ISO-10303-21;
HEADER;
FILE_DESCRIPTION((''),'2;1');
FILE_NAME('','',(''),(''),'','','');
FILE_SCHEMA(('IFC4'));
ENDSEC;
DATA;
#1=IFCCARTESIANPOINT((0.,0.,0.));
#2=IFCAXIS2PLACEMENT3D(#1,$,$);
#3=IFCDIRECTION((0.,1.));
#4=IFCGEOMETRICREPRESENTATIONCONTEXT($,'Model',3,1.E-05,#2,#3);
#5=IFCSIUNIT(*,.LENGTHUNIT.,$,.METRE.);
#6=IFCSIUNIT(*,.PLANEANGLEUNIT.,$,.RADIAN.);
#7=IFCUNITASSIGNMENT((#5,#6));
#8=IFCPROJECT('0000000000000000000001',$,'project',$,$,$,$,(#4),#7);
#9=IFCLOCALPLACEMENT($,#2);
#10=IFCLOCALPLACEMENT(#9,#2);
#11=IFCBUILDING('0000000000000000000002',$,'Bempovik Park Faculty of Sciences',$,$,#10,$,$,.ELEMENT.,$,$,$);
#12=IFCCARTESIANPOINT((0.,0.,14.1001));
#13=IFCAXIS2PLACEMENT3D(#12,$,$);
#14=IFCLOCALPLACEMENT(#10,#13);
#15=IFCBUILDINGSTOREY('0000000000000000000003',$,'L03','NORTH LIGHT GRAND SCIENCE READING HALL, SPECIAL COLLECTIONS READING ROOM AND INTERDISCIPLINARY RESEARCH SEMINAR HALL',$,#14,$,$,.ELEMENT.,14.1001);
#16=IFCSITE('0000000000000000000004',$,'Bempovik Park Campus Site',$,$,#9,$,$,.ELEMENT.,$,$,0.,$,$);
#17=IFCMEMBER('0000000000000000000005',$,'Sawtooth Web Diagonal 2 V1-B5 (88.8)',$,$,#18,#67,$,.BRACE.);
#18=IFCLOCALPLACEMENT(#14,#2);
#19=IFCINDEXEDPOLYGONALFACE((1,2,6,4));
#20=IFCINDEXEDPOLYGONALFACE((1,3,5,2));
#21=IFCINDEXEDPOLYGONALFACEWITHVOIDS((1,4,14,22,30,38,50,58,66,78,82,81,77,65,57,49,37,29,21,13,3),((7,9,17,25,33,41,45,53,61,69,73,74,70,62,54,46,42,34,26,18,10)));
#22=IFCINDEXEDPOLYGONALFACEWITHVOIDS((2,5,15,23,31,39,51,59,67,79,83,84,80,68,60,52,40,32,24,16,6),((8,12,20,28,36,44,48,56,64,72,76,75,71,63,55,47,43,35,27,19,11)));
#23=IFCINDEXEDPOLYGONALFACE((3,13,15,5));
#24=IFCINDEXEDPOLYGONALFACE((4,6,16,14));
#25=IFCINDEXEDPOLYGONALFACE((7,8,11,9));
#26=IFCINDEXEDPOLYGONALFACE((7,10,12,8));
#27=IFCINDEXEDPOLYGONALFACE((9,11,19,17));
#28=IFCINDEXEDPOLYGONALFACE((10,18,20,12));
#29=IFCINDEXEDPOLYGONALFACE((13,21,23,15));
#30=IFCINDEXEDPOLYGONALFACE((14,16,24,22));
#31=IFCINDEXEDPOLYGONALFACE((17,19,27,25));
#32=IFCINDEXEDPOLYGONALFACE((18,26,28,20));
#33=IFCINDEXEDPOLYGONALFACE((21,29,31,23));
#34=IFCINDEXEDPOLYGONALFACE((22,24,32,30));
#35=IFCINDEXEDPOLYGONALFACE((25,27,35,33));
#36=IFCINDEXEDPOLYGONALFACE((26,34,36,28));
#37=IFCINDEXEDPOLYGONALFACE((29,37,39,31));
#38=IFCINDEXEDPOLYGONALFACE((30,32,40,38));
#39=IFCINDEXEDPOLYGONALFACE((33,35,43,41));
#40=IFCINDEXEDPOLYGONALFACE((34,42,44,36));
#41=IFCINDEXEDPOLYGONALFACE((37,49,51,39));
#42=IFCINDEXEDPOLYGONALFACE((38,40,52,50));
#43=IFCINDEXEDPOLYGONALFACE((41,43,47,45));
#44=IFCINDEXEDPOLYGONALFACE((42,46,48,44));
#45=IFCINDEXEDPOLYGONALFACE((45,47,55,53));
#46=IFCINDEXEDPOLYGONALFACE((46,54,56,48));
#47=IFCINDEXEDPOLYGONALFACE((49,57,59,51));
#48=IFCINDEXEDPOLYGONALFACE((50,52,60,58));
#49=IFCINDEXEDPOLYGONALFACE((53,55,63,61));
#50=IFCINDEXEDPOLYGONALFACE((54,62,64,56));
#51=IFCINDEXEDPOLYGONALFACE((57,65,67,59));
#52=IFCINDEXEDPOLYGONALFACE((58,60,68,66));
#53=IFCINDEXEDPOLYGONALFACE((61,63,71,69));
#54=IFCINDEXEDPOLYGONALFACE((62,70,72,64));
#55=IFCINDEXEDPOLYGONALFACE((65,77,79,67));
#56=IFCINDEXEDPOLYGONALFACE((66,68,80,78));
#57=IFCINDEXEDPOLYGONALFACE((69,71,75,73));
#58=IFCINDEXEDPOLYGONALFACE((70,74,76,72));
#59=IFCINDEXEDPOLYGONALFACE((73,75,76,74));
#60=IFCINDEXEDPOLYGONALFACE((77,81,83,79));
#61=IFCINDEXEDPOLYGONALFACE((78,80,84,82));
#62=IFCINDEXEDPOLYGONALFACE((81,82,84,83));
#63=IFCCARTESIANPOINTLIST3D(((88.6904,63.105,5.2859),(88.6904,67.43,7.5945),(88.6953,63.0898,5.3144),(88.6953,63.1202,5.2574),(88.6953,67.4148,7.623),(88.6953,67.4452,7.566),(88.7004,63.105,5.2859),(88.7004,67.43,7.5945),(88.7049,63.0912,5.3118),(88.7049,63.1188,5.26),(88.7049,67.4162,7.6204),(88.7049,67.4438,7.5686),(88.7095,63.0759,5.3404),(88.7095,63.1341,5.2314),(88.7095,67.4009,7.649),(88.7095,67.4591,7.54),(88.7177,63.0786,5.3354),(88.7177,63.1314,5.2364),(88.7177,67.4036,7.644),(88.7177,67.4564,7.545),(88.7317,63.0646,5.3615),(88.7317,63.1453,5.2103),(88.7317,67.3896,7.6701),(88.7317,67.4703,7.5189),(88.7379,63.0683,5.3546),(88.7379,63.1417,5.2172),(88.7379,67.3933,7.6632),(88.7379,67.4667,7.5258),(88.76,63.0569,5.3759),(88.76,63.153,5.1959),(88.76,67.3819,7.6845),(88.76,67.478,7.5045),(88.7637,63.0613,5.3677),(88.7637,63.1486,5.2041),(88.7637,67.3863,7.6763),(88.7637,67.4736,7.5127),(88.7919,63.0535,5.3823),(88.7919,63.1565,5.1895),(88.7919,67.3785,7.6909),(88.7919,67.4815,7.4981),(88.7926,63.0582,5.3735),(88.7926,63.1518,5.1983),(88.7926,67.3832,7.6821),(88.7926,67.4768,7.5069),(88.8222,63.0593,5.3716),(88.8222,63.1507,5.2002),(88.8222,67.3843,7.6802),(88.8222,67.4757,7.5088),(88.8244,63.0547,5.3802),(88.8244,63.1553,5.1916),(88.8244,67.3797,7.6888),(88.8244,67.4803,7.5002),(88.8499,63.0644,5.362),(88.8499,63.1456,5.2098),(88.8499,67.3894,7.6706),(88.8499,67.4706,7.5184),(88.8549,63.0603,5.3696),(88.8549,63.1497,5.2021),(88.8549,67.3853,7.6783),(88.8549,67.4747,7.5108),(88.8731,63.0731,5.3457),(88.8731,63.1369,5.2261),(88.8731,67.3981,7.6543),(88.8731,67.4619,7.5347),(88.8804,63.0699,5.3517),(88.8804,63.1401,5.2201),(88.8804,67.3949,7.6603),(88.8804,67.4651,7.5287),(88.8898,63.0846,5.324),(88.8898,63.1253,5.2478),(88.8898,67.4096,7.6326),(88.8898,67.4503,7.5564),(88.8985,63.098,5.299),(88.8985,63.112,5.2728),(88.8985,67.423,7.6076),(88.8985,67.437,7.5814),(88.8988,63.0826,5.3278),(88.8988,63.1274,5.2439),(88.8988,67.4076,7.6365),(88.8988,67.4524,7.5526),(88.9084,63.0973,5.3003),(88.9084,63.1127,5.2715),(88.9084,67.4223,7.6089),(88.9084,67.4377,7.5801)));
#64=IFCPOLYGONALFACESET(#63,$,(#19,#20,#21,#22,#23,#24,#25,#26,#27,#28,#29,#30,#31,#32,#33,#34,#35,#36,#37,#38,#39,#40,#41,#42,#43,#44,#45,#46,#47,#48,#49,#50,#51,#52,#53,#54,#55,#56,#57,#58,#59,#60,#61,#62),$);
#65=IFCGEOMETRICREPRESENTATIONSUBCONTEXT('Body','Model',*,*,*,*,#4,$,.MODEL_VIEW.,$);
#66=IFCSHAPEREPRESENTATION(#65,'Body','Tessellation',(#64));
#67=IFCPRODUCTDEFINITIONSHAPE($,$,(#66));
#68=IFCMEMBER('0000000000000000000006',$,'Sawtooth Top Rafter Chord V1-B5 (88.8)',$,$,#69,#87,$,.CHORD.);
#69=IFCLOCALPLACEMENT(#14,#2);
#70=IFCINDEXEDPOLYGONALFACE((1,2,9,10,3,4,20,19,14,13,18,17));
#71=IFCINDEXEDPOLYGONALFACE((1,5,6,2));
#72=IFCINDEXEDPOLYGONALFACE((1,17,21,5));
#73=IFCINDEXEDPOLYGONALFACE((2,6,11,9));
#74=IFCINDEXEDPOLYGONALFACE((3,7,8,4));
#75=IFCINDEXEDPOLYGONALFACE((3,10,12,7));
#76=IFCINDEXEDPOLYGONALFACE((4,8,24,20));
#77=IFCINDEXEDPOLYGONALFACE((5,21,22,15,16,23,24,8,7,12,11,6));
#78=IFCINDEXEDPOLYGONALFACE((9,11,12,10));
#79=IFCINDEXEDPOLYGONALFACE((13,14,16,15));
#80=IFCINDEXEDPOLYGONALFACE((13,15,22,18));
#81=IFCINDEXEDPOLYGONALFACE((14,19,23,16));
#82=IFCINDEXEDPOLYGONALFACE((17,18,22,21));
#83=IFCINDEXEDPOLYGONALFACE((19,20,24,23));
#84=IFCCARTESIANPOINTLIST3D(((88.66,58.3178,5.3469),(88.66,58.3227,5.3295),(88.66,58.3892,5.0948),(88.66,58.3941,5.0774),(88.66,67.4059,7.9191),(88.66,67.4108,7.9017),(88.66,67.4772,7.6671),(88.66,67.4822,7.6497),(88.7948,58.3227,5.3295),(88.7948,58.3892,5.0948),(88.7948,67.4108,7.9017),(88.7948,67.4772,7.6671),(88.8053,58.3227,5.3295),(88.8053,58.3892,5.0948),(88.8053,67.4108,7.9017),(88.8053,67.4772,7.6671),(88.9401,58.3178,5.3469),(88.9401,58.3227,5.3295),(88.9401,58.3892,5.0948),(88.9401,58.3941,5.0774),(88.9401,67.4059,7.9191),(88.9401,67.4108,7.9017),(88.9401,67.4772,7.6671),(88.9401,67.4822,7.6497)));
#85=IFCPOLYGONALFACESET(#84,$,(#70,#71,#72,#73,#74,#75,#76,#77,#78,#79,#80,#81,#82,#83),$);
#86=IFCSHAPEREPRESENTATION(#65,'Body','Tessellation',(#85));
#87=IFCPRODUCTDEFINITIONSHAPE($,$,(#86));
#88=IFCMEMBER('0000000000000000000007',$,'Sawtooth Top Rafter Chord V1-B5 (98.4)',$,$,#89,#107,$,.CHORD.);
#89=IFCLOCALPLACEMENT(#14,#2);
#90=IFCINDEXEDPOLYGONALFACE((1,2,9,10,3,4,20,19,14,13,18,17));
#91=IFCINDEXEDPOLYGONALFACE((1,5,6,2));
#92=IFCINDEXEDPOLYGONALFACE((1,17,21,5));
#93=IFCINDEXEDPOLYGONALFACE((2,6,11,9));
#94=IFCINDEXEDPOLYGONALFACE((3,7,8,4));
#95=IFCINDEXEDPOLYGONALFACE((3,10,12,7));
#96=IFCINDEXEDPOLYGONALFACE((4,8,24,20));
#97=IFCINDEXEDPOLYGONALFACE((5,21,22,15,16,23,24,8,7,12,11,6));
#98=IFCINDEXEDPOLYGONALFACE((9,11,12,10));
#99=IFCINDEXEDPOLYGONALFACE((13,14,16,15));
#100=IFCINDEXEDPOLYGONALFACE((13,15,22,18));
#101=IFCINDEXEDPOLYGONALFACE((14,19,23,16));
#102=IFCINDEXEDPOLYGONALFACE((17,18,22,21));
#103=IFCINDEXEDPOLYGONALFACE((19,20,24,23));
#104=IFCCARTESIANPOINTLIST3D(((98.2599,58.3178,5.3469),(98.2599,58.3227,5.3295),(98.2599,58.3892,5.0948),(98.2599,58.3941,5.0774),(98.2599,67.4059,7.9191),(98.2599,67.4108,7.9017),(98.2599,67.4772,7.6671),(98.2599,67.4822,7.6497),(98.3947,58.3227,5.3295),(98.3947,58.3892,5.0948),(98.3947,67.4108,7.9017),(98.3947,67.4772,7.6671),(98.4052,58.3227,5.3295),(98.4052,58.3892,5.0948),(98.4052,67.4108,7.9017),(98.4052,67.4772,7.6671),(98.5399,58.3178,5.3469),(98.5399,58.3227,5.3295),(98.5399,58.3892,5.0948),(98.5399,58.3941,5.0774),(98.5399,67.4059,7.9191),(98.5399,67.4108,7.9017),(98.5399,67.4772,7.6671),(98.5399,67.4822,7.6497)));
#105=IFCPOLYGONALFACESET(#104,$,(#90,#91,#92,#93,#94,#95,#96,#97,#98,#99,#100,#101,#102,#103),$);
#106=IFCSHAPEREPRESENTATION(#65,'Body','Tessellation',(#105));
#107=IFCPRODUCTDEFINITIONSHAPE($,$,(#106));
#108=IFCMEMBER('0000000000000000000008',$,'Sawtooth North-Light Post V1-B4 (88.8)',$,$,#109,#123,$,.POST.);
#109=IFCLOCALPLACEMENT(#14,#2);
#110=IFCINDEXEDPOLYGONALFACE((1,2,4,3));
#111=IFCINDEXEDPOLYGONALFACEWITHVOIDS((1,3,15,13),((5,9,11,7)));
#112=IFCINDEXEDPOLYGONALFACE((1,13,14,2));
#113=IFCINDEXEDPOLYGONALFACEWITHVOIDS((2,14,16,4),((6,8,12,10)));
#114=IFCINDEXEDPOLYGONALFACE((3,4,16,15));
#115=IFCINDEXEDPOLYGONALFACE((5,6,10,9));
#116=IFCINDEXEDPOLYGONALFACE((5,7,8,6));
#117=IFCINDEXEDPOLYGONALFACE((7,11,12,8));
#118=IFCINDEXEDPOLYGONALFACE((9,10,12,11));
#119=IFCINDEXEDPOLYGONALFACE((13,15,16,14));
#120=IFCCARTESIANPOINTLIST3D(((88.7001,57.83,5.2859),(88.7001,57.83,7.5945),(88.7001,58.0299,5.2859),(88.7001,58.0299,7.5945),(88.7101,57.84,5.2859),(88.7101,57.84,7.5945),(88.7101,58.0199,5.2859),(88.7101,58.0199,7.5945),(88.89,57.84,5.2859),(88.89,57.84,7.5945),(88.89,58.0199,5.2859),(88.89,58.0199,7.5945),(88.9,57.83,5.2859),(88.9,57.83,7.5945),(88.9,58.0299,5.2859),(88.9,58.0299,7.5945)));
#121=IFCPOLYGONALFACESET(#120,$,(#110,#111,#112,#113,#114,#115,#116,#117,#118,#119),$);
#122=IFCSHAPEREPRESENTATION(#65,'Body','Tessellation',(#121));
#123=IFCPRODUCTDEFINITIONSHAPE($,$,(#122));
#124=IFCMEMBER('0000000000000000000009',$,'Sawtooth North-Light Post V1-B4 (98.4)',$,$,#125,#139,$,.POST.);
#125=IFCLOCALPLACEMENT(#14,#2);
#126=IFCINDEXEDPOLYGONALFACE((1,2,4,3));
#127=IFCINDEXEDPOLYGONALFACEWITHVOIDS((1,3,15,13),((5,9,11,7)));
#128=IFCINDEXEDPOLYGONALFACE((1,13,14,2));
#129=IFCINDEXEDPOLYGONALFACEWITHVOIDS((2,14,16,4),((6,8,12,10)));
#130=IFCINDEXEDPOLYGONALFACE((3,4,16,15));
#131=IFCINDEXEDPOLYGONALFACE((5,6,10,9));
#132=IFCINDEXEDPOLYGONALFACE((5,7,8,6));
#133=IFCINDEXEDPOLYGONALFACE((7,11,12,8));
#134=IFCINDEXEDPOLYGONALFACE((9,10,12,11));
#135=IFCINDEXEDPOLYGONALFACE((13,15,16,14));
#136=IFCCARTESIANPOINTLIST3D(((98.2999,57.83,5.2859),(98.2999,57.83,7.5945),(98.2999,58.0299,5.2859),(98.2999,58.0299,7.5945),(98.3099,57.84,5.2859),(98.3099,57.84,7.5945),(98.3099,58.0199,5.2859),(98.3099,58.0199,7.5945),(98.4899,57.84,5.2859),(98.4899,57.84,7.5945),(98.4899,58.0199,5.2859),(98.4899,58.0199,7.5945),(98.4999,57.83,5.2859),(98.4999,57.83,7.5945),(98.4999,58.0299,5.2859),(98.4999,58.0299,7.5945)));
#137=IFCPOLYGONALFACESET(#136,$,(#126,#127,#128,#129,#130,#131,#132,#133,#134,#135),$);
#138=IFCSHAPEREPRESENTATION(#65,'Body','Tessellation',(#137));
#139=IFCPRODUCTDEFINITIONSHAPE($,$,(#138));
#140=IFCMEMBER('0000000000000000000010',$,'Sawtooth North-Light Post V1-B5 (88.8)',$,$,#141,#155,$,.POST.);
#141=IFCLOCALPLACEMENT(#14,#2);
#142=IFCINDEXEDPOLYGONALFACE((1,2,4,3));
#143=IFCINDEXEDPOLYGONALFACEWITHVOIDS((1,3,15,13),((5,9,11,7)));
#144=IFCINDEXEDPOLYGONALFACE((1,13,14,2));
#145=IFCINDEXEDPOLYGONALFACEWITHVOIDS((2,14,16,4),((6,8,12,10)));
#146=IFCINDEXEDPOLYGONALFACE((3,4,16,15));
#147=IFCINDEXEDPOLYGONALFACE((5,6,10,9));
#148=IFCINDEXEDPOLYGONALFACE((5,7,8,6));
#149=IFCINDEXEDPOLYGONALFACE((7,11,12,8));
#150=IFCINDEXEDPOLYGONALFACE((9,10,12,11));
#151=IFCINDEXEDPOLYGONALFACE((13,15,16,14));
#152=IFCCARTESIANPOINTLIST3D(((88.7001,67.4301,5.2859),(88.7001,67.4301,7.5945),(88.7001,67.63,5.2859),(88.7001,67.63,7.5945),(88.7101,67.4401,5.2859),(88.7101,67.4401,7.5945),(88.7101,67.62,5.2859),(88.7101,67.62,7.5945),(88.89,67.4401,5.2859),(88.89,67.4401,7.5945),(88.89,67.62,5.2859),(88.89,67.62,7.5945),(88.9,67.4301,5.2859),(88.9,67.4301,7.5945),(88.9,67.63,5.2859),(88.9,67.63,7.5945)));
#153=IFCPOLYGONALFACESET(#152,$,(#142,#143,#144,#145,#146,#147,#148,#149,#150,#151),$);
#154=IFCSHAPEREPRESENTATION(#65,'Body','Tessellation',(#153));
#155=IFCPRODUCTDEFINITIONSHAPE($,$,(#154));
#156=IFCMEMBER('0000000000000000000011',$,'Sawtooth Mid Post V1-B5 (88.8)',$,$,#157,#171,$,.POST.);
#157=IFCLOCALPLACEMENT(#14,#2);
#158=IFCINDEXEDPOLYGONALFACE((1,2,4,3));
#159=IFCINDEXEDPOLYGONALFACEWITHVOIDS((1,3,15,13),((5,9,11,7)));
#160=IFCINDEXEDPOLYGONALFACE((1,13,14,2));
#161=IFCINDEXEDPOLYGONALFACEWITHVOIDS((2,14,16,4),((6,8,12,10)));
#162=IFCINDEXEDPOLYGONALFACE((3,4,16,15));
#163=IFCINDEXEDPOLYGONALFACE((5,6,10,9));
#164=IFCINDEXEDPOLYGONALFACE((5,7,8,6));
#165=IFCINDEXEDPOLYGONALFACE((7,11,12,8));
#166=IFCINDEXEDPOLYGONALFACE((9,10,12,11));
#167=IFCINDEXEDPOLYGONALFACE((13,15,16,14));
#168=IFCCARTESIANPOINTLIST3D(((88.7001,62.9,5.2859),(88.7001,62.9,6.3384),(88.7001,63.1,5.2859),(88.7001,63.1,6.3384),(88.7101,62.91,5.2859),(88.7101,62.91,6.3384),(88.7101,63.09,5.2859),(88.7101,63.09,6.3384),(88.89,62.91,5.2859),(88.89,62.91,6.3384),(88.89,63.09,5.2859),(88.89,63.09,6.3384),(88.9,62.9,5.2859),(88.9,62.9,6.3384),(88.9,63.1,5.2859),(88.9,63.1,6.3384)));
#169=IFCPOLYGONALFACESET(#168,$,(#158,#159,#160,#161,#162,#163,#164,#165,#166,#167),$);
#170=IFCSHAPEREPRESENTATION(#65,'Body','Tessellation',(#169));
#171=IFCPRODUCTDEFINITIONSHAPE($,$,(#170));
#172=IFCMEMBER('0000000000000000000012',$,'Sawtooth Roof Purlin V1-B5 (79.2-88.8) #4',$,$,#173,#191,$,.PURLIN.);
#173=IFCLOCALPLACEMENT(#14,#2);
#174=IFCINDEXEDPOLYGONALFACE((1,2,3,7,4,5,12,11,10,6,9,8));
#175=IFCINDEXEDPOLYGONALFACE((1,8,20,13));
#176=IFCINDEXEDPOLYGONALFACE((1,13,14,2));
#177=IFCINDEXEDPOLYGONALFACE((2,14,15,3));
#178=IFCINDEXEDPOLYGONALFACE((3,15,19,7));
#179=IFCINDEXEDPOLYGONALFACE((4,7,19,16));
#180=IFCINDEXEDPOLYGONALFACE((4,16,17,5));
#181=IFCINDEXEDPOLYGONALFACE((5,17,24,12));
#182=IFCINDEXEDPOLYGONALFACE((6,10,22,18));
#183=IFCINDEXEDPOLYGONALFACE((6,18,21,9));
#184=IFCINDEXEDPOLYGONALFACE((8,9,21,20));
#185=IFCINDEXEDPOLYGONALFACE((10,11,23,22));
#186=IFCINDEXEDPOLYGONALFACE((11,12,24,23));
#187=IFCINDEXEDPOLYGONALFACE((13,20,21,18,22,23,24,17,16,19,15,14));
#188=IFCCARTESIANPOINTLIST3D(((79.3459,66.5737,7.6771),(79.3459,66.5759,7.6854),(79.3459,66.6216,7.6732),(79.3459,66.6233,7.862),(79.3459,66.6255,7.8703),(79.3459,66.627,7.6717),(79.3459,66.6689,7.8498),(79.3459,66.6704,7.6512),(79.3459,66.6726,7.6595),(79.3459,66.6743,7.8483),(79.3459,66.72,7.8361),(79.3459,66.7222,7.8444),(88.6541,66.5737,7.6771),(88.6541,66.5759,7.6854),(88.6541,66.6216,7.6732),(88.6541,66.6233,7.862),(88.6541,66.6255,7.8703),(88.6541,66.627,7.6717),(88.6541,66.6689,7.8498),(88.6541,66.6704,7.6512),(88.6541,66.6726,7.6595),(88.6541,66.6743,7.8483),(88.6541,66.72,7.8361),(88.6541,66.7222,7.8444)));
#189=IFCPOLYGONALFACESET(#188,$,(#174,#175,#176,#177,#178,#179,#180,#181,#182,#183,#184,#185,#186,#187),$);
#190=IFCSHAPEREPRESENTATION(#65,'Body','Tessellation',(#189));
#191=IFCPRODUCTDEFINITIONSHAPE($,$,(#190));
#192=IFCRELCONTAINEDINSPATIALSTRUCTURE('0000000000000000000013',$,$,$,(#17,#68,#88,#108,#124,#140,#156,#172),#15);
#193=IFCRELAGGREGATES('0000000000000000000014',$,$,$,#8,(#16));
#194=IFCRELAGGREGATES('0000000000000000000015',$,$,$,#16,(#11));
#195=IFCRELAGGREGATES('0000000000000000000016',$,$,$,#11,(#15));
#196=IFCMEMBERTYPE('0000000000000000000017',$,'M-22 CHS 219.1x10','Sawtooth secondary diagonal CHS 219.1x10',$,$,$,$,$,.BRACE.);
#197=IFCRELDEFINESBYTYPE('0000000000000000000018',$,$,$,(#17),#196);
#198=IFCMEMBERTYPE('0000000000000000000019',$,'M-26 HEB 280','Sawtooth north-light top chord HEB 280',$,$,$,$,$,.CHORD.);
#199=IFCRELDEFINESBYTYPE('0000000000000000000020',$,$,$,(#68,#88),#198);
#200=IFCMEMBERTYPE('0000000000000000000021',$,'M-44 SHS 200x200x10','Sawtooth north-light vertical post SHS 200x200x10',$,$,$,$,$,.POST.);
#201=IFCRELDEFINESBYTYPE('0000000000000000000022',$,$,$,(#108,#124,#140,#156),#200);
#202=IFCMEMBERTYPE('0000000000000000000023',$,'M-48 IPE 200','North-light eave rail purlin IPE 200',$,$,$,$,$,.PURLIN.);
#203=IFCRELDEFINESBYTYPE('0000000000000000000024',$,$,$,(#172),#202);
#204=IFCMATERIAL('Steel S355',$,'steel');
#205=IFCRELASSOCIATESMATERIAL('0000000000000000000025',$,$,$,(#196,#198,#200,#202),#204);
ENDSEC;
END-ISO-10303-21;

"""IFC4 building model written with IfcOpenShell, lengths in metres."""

from ifc_helpers import new_model, si_unit, direction, frame, origin, origin_2d, place, context, subcontext, project, spatial, hollow_rectangle, hollow_circle, i_section, extrude, material, material_profile, profile_set, type_object, element, save


model = new_model("IFC4")

# Units and contexts
model_context = context("Model", 3, precision=1e-05, world=origin(), true_north=direction((0.0, 1.0)))
body_context = subcontext(model_context, "Body", "Model", "MODEL_VIEW")
ifc_project = project(units=[si_unit("LENGTHUNIT", "METRE"), si_unit("PLANEANGLEUNIT", "RADIAN")], contexts=[model_context])

# Site, building, storey
site_placement = place(None, origin())
site = spatial("IfcSite", under=ifc_project, at=site_placement, Name="Bempovik Park Campus Site", CompositionType="ELEMENT", RefElevation=0.0)
building_placement = place(site_placement, origin())
building = spatial("IfcBuilding", under=site, at=building_placement, Name="Bempovik Park Faculty of Sciences", CompositionType="ELEMENT")
storey_placement = place(building_placement, frame((0.0, 0.0, 14.1001)))
storey = spatial("IfcBuildingStorey", under=building, at=storey_placement, Name="L03", Description="NORTH LIGHT GRAND SCIENCE READING HALL, SPECIAL COLLECTIONS READING ROOM AND INTERDISCIPLINARY RESEARCH SEMINAR HALL", CompositionType="ELEMENT", Elevation=14.1001)

# Shared definitions
ifc_material_1 = material(Name="Steel S355", Category="steel")

# Members
ifc_material_profile_1 = material_profile(ifc_material_1, hollow_circle(Radius=0.1096, WallThickness=0.01, at=origin_2d()), Name="CHS 219.1x10")
ifc_profile_set_1 = profile_set([ifc_material_profile_1], Name="Steel S355")
member_type_1 = type_object("IfcMemberType", Name="M-22 CHS 219.1x10", Description="Sawtooth secondary diagonal CHS 219.1x10", PredefinedType="BRACE", material=ifc_profile_set_1)
member_1_placement = place(storey_placement, frame((88.8, 63.105, 5.2859), z_axis=(0.0, 0.882187, 0.470898), x_axis=(-1.0, 0.0, 0.0)))
element("IfcMember", 1, at=member_1_placement, inside=storey, type_object=member_type_1, Name="Sawtooth Web Diagonal 2 V1-B5 (88.8)", PredefinedType="BRACE", context=body_context, shape_type="SweptSolid", body=[
    extrude(hollow_circle(Radius=0.1096, WallThickness=0.01, at=origin_2d()), origin(), (0.0, 0.0, 1.0), 4.9026),
])
ifc_material_profile_2 = material_profile(ifc_material_1, i_section(OverallWidth=0.28, OverallDepth=0.28, WebThickness=0.0105, FlangeThickness=0.0181, at=origin_2d()), Name="HEB 280")
ifc_profile_set_2 = profile_set([ifc_material_profile_2], Name="Steel S355")
member_type_2 = type_object("IfcMemberType", Name="M-26 HEB 280", Description="Sawtooth north-light top chord HEB 280", PredefinedType="CHORD", material=ifc_profile_set_2)
for number, where, z_axis, x_axis, name in (
    (2, (88.8, 58.356, 5.2122), (0.0, 0.962202, 0.272337), (-1.0, 0.0, 0.0), "Sawtooth Top Rafter Chord V1-B5 (88.8)"),
    (3, (98.3999, 58.356, 5.2122), (0.0, 0.962202, 0.272337), (-1.0, 0.0, 0.0), "Sawtooth Top Rafter Chord V1-B5 (98.4)"),
):
    element("IfcMember", number, at=place(storey_placement, frame(where, z_axis=z_axis, x_axis=x_axis)), inside=storey, type_object=member_type_2, Name=name, PredefinedType="CHORD", context=body_context, shape_type="SweptSolid", body=[
        extrude(i_section(OverallWidth=0.28, OverallDepth=0.28, WebThickness=0.0105, FlangeThickness=0.0181, at=origin_2d()), origin(), (0.0, 0.0, 1.0), 9.4451),
    ])
ifc_material_profile_3 = material_profile(ifc_material_1, hollow_rectangle(XDim=0.2, YDim=0.2, WallThickness=0.01, at=origin_2d()), Name="SHS 200x200x10")
ifc_profile_set_3 = profile_set([ifc_material_profile_3], Name="Steel S355")
member_type_3 = type_object("IfcMemberType", Name="M-44 SHS 200x200x10", Description="Sawtooth north-light vertical post SHS 200x200x10", PredefinedType="POST", material=ifc_profile_set_3)
for number, where, z_axis, x_axis, name in (
    (4, (88.8, 57.9299, 5.2859), (0.0, 0.0, 1.0), (1.0, 0.0, 0.0), "Sawtooth North-Light Post V1-B4 (88.8)"),
    (5, (98.3999, 57.9299, 5.2859), (0.0, 0.0, 1.0), (1.0, 0.0, 0.0), "Sawtooth North-Light Post V1-B4 (98.4)"),
    (6, (88.8, 67.53, 5.2859), (0.0, 0.0, 1.0), (1.0, 0.0, 0.0), "Sawtooth North-Light Post V1-B5 (88.8)"),
):
    element("IfcMember", number, at=place(storey_placement, frame(where, z_axis=z_axis, x_axis=x_axis)), inside=storey, type_object=member_type_3, Name=name, PredefinedType="POST", context=body_context, shape_type="SweptSolid", body=[
        extrude(hollow_rectangle(XDim=0.2, YDim=0.2, WallThickness=0.01, at=origin_2d()), origin(), (0.0, 0.0, 1.0), 2.3086),
    ])
member_2_placement = place(storey_placement, frame((88.8, 63.0, 5.2859), z_axis=(0.0, 0.0, 1.0), x_axis=(1.0, 0.0, 0.0)))
element("IfcMember", 7, at=member_2_placement, inside=storey, type_object=member_type_3, Name="Sawtooth Mid Post V1-B5 (88.8)", PredefinedType="POST", context=body_context, shape_type="SweptSolid", body=[
    extrude(hollow_rectangle(XDim=0.2, YDim=0.2, WallThickness=0.01, at=origin_2d()), origin(), (0.0, 0.0, 1.0), 1.0525),
])
ifc_material_profile_4 = material_profile(ifc_material_1, i_section(OverallWidth=0.1001, OverallDepth=0.2, WebThickness=0.0056, FlangeThickness=0.0085, at=origin_2d()), Name="IPE 200")
ifc_profile_set_4 = profile_set([ifc_material_profile_4], Name="Steel S355")
member_type_4 = type_object("IfcMemberType", Name="M-48 IPE 200", Description="North-light eave rail purlin IPE 200", PredefinedType="PURLIN", material=ifc_profile_set_4)
member_3_placement = place(storey_placement, frame((79.3459, 66.6479, 7.7607), z_axis=(1.0, 0.0, 0.0), x_axis=(0.0, 0.965926, -0.258819)))
element("IfcMember", 8, at=member_3_placement, inside=storey, type_object=member_type_4, Name="Sawtooth Roof Purlin V1-B5 (79.2-88.8) #4", PredefinedType="PURLIN", context=body_context, shape_type="SweptSolid", body=[
    extrude(i_section(OverallWidth=0.1001, OverallDepth=0.2, WebThickness=0.0056, FlangeThickness=0.0085, at=origin_2d()), origin(), (0.0, 0.0, 1.0), 9.3081),
])

save(model, "model.ifc")
